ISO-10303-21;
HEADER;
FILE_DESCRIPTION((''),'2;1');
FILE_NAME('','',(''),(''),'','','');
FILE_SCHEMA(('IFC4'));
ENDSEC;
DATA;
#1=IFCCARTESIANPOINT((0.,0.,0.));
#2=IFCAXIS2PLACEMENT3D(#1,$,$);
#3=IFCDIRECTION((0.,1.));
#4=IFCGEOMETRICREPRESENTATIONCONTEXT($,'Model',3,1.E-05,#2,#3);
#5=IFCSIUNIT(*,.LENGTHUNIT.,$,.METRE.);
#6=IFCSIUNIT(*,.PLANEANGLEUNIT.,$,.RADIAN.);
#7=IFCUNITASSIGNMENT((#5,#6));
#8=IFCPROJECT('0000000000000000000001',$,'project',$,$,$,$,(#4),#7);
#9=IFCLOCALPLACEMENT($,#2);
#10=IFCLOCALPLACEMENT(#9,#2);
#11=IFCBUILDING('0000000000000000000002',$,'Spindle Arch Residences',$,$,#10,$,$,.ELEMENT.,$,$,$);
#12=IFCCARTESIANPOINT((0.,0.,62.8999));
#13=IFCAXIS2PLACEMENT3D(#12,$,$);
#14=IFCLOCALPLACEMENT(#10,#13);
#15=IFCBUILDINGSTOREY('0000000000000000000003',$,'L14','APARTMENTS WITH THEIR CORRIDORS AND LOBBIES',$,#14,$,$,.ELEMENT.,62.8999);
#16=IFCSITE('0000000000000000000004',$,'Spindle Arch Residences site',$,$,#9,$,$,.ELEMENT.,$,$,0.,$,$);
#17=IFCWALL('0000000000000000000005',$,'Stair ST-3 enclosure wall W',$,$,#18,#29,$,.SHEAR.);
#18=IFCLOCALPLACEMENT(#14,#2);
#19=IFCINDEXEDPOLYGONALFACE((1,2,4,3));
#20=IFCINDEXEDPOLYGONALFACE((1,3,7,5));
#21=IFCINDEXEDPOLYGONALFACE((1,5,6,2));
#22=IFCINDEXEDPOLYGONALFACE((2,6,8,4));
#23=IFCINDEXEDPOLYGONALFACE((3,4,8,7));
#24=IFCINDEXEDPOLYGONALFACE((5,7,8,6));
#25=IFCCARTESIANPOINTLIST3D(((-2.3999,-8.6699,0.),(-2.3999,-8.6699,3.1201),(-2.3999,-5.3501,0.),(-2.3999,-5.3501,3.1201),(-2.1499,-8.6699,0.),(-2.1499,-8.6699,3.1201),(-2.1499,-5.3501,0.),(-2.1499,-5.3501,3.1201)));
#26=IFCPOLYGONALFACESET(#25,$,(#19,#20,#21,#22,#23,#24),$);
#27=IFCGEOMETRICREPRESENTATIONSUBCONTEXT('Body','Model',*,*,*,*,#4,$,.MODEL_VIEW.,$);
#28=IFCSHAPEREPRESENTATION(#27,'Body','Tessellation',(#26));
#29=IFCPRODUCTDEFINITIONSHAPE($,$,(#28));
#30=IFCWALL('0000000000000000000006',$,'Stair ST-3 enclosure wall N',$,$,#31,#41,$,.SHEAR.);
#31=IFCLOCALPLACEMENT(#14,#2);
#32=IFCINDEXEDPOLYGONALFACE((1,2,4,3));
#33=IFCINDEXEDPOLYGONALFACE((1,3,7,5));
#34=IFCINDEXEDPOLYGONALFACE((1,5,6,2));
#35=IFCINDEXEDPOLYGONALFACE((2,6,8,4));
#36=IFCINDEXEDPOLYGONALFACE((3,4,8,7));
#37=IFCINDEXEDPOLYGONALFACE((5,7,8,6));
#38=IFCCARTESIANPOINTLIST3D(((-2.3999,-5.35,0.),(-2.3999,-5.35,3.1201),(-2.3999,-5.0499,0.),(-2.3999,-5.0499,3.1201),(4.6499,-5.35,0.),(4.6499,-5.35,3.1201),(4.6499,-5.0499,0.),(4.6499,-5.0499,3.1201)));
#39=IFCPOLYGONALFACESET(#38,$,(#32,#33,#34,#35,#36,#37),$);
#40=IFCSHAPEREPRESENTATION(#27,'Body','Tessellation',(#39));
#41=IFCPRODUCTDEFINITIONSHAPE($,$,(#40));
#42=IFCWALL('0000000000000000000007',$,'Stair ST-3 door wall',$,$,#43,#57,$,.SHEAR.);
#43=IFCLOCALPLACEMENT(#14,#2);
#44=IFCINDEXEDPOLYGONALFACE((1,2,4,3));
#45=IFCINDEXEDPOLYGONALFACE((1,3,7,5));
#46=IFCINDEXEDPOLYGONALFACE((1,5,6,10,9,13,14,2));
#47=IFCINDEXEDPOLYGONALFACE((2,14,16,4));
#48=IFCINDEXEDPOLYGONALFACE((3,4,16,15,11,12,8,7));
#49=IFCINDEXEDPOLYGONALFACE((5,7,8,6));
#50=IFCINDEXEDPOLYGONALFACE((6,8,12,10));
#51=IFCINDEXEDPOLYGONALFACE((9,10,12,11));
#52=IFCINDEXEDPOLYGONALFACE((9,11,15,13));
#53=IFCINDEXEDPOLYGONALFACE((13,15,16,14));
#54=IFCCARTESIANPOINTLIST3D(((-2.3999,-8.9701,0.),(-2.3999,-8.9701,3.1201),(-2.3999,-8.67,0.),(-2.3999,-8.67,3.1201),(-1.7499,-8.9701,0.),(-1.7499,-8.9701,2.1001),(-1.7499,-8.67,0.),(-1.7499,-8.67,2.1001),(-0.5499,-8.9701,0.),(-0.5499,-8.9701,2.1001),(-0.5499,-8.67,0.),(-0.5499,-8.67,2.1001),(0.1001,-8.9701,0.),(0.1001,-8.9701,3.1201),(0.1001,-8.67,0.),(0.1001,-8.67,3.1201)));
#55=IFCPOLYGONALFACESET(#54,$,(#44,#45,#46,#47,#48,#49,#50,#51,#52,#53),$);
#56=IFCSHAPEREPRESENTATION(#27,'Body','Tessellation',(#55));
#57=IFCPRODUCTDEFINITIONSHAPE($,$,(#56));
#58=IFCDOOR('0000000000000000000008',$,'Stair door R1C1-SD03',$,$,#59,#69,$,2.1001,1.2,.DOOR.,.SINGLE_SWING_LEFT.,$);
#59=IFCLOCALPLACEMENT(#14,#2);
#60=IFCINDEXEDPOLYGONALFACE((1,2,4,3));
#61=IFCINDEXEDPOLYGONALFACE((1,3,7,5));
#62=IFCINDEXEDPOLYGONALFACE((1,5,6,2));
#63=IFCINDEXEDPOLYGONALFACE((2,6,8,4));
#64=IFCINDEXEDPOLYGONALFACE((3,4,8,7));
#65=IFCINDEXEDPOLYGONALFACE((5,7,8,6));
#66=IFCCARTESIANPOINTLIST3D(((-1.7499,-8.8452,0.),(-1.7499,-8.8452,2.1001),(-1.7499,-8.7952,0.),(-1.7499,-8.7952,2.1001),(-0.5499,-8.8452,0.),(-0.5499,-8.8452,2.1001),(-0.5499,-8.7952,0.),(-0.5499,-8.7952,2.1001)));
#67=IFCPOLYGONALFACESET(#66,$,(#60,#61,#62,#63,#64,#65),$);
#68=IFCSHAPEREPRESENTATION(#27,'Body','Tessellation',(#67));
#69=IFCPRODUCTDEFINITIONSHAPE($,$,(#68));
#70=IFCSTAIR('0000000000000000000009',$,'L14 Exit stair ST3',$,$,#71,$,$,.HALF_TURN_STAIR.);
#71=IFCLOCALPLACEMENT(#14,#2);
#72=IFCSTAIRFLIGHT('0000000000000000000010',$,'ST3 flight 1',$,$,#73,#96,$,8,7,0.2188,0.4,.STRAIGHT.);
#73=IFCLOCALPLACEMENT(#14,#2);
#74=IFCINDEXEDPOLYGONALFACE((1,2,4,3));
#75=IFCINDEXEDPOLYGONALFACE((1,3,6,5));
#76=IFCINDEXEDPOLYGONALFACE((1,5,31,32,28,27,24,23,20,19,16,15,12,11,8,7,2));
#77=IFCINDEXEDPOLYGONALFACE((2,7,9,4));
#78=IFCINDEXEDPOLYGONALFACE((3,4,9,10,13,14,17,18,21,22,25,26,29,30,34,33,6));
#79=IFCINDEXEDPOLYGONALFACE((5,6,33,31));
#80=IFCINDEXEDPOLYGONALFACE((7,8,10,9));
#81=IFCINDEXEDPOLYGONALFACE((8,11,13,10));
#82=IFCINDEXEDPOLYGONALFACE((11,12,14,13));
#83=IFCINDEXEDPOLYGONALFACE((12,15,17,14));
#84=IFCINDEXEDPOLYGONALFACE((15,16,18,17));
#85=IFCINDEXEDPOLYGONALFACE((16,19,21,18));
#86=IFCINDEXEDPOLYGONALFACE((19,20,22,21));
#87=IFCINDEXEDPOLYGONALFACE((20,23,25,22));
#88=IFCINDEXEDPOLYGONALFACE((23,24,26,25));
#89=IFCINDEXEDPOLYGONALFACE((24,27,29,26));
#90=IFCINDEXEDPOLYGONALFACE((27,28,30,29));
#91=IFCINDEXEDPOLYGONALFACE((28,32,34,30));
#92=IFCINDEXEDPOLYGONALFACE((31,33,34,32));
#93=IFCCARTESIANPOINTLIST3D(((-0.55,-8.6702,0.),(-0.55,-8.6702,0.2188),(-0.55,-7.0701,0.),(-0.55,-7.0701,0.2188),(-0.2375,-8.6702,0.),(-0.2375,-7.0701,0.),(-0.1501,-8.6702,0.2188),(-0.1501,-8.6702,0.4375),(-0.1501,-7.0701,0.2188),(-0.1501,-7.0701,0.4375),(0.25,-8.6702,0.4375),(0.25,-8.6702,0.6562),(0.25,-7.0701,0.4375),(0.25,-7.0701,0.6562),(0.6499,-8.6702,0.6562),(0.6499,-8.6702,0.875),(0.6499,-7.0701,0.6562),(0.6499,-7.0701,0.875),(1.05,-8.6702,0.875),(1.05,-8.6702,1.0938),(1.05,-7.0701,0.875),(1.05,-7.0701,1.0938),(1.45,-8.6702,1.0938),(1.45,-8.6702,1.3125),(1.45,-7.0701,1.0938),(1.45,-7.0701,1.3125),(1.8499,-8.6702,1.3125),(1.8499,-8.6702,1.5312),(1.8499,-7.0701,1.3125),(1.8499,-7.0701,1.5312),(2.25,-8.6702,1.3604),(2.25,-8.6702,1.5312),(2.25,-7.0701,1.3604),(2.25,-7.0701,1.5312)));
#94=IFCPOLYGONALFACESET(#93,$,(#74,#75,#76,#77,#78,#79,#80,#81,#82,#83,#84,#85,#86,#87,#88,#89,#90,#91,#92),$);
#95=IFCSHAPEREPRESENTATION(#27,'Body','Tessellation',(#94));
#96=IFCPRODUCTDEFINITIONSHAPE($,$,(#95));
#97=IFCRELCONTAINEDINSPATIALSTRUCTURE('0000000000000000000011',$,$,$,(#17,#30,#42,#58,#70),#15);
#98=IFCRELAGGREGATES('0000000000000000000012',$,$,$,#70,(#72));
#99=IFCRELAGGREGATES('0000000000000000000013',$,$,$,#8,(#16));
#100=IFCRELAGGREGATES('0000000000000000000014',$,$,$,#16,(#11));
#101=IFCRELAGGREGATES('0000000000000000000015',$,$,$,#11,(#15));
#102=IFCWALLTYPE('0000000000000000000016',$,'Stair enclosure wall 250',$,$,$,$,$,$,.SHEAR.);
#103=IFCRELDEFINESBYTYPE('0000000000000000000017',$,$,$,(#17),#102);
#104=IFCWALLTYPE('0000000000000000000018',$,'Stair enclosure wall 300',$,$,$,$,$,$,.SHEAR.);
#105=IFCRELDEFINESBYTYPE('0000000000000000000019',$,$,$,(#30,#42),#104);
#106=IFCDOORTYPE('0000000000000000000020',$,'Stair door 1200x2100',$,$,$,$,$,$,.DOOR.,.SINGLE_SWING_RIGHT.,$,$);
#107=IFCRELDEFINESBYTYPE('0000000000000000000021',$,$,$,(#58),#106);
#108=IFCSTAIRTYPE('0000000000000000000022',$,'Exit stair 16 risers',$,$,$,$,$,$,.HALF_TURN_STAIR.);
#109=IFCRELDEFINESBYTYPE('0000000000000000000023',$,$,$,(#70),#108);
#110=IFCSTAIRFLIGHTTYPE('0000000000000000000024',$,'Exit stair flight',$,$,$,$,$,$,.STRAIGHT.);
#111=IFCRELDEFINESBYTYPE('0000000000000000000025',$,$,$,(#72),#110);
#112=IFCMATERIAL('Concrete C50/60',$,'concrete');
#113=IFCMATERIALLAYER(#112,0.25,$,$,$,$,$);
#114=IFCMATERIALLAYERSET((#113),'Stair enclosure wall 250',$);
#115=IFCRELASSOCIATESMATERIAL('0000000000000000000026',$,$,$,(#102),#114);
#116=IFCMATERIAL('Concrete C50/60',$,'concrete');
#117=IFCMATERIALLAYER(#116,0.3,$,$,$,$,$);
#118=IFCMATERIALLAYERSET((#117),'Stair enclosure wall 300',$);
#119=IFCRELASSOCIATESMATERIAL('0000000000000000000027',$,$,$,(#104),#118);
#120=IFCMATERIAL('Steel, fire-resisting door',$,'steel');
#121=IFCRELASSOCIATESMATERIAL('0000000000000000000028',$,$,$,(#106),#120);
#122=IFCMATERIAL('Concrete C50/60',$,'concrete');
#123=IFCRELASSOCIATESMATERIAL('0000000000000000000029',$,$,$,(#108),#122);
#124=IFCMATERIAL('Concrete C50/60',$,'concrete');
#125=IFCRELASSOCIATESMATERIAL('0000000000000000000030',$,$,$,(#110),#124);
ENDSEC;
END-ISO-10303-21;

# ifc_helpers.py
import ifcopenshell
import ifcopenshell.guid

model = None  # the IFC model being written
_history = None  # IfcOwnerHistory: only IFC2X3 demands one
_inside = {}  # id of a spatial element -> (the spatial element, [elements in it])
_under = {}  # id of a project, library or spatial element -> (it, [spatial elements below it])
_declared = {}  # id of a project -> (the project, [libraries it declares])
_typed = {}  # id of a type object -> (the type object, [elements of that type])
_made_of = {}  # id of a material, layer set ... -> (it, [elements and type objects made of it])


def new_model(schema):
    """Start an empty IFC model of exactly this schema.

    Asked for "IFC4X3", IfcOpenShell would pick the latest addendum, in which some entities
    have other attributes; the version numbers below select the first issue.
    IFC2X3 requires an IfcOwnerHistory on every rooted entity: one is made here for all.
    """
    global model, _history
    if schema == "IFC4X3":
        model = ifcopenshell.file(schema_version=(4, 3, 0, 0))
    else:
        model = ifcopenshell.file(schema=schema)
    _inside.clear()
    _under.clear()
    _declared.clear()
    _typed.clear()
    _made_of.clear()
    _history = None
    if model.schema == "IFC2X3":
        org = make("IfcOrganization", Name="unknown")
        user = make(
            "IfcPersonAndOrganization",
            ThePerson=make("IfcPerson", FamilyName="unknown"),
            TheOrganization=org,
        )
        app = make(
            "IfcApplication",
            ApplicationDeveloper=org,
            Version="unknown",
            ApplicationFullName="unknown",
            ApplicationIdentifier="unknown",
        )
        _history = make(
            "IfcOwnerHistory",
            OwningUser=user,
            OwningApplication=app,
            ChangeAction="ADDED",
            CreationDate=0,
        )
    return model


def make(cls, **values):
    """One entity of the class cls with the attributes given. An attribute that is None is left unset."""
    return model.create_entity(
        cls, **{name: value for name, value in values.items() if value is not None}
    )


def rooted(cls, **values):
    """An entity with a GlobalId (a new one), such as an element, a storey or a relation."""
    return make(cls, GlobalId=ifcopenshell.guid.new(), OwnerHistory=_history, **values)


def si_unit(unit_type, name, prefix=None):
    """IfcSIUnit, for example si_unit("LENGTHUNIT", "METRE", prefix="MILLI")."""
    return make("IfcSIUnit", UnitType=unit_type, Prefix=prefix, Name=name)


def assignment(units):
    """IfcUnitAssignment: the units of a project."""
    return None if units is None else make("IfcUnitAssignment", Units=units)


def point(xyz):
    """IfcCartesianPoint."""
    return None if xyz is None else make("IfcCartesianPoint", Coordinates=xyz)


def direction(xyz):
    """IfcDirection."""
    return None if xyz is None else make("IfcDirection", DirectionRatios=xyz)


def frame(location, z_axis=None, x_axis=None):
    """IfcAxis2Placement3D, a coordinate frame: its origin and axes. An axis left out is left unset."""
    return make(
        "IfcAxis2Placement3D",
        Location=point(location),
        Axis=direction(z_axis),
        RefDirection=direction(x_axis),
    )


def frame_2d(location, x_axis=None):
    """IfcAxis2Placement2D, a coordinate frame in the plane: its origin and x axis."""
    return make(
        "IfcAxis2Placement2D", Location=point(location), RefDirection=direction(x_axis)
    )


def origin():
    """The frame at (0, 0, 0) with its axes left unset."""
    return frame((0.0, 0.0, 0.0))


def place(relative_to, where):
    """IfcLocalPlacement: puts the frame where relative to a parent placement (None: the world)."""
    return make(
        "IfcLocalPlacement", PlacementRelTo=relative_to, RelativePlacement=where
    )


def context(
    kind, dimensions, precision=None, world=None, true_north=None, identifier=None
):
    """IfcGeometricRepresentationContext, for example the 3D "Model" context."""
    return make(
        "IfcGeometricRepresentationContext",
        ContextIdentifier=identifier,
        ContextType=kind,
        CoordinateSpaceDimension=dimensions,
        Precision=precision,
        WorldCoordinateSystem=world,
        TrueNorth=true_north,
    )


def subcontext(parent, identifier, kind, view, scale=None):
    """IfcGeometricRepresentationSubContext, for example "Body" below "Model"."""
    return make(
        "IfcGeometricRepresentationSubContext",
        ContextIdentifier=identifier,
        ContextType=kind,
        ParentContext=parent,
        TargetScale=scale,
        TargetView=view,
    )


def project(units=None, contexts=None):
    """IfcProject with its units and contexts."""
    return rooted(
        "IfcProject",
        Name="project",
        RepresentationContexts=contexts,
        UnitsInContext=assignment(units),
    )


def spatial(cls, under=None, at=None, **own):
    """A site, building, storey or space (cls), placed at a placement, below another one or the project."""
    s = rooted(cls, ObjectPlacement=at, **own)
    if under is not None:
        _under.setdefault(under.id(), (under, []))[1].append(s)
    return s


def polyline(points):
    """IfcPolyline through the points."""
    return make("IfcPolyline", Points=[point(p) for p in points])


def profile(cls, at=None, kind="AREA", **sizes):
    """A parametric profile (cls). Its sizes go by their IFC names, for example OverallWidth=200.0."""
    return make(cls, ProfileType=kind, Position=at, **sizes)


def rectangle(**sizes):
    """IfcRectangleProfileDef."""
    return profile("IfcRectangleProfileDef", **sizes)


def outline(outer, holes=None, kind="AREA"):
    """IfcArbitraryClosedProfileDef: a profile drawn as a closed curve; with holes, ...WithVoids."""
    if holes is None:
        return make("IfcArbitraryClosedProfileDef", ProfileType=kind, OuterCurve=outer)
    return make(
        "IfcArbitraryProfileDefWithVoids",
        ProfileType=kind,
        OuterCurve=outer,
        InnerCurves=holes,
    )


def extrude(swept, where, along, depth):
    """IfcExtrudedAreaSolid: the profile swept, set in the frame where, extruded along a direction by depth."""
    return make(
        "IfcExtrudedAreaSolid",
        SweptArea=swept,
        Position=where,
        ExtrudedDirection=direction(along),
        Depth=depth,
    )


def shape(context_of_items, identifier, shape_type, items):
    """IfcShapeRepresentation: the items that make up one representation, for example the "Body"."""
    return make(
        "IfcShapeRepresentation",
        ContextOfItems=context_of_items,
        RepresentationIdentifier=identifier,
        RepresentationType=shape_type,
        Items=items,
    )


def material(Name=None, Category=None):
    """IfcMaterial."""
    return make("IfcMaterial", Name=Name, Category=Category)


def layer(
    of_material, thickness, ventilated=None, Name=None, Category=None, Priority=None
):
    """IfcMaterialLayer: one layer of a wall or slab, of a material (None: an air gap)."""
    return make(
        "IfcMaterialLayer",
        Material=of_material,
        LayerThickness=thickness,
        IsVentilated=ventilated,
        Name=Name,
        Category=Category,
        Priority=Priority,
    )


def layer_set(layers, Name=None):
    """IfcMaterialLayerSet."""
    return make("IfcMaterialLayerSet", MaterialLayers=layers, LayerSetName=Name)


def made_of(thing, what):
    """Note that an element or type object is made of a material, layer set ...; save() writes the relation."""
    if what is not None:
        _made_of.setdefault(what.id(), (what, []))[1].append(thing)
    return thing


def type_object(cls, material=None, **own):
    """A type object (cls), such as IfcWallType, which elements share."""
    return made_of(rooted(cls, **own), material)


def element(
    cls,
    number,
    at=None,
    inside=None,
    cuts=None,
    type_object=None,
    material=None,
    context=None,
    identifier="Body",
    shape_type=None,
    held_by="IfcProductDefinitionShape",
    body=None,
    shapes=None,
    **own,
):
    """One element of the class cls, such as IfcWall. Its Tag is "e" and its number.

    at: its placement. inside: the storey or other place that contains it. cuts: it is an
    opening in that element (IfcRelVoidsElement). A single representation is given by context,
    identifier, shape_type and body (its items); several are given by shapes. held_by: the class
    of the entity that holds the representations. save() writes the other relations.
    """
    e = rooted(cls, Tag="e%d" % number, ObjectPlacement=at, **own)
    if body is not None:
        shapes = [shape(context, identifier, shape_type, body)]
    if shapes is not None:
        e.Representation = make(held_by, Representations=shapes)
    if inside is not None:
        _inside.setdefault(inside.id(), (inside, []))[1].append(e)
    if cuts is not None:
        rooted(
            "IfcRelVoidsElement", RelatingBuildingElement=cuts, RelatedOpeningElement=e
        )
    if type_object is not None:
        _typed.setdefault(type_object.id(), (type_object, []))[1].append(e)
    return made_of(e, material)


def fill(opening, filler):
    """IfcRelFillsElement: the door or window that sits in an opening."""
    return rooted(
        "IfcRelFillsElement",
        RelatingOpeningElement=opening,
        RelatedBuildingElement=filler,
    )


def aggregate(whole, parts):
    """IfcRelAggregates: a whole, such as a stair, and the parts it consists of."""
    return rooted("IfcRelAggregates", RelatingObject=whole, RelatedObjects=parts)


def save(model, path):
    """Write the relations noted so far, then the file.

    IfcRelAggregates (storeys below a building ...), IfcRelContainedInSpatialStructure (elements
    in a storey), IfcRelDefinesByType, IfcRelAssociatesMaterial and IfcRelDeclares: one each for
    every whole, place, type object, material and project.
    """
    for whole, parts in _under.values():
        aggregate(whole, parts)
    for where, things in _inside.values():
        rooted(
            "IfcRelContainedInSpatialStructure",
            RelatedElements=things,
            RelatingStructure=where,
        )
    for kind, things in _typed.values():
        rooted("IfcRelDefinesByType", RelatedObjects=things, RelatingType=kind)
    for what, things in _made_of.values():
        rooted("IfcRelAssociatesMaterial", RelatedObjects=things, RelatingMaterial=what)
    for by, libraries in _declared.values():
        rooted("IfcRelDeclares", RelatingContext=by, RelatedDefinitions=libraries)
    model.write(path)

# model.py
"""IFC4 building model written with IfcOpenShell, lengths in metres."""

from ifc_helpers import new_model, si_unit, direction, frame, frame_2d, origin, place, context, subcontext, project, spatial, polyline, rectangle, outline, extrude, material, layer, layer_set, type_object, element, fill, aggregate, save


model = new_model("IFC4")

# Units and contexts
model_context = context("Model", 3, precision=1e-05, world=origin(), true_north=direction((0.0, 1.0)))
body_context = subcontext(model_context, "Body", "Model", "MODEL_VIEW")
ifc_project = project(units=[si_unit("LENGTHUNIT", "METRE"), si_unit("PLANEANGLEUNIT", "RADIAN")], contexts=[model_context])

# Site, building, storey
site_placement = place(None, origin())
site = spatial("IfcSite", under=ifc_project, at=site_placement, Name="Spindle Arch Residences site", CompositionType="ELEMENT", RefElevation=0.0)
building_placement = place(site_placement, origin())
building = spatial("IfcBuilding", under=site, at=building_placement, Name="Spindle Arch Residences", CompositionType="ELEMENT")
storey_placement = place(building_placement, frame((0.0, 0.0, 62.8999)))
storey = spatial("IfcBuildingStorey", under=building, at=storey_placement, Name="L14", Description="APARTMENTS WITH THEIR CORRIDORS AND LOBBIES", CompositionType="ELEMENT", Elevation=62.8999)

# Walls
ifc_material_1 = material(Name="Concrete C50/60", Category="concrete")
ifc_layer_1 = layer(ifc_material_1, 0.25)
ifc_layer_set_1 = layer_set([ifc_layer_1], Name="Stair enclosure wall 250")
wall_type_1 = type_object("IfcWallType", Name="Stair enclosure wall 250", PredefinedType="SHEAR", material=ifc_layer_set_1)
wall_1_placement = place(storey_placement, frame((-2.2749, -8.6699, 0.0), z_axis=(0.0, 0.0, 1.0), x_axis=(0.0, 1.0, 0.0)))
element("IfcWall", 1, at=wall_1_placement, inside=storey, type_object=wall_type_1, Name="Stair ST-3 enclosure wall W", PredefinedType="SHEAR", context=body_context, shape_type="SweptSolid", body=[
    extrude(rectangle(XDim=3.3198, YDim=0.25, at=frame_2d((1.6599, 0.0))), origin(), (0.0, 0.0, 1.0), 3.1201),
])
ifc_material_2 = material(Name="Concrete C50/60", Category="concrete")
ifc_layer_2 = layer(ifc_material_2, 0.3)
ifc_layer_set_2 = layer_set([ifc_layer_2], Name="Stair enclosure wall 300")
wall_type_2 = type_object("IfcWallType", Name="Stair enclosure wall 300", PredefinedType="SHEAR", material=ifc_layer_set_2)
wall_2_placement = place(storey_placement, frame((-2.3999, -5.2, 0.0), z_axis=(0.0, 0.0, 1.0), x_axis=(1.0, 0.0, 0.0)))
element("IfcWall", 2, at=wall_2_placement, inside=storey, type_object=wall_type_2, Name="Stair ST-3 enclosure wall N", PredefinedType="SHEAR", context=body_context, shape_type="SweptSolid", body=[
    extrude(rectangle(XDim=7.0498, YDim=0.3, at=frame_2d((3.5249, 0.0))), origin(), (0.0, 0.0, 1.0), 3.1201),
])

# Wall, opening, door
wall_3_placement = place(storey_placement, frame((-2.3999, -8.8201, 0.0), z_axis=(0.0, 0.0, 1.0), x_axis=(1.0, 0.0, 0.0)))
wall_3 = element("IfcWall", 3, at=wall_3_placement, inside=storey, type_object=wall_type_2, Name="Stair ST-3 door wall", PredefinedType="SHEAR", context=body_context, shape_type="SweptSolid", body=[
    extrude(rectangle(XDim=2.5, YDim=0.3, at=frame_2d((1.25, 0.0))), origin(), (0.0, 0.0, 1.0), 3.1201),
])
opening_1_placement = place(wall_3_placement, frame((0.6499, 0.0, 0.0)))
opening_1 = element("IfcOpeningElement", 4, at=opening_1_placement, cuts=wall_3, PredefinedType="OPENING", context=body_context, shape_type="SweptSolid", body=[
    extrude(rectangle(XDim=1.2, YDim=2.1001, at=frame_2d((0.6001, 1.05))), frame((0.0, 0.1602, 0.0), z_axis=(0.0, -1.0, 0.0), x_axis=(1.0, 0.0, 0.0)), (0.0, 0.0, 1.0), 0.3201),
])
ifc_material_3 = material(Name="Steel, fire-resisting door", Category="steel")
door_type_1 = type_object("IfcDoorType", Name="Stair door 1200x2100", OperationType="SINGLE_SWING_RIGHT", PredefinedType="DOOR", material=ifc_material_3)
door_1_placement = place(opening_1_placement, origin())
door_1 = element("IfcDoor", 5, at=door_1_placement, inside=storey, type_object=door_type_1, Name="Stair door R1C1-SD03", OperationType="SINGLE_SWING_LEFT", OverallHeight=2.1001, OverallWidth=1.2, PredefinedType="DOOR", context=body_context, shape_type="SweptSolid", body=[
    extrude(rectangle(XDim=1.2, YDim=2.1001, at=frame_2d((0.6001, 1.05))), frame((0.0, 0.0249, 0.0), z_axis=(0.0, -1.0, 0.0), x_axis=(1.0, 0.0, 0.0)), (0.0, 0.0, 1.0), 0.05),
])
fill(opening_1, door_1)

# Stair, stair flight
ifc_material_4 = material(Name="Concrete C50/60", Category="concrete")
stair_type = type_object("IfcStairType", Name="Exit stair 16 risers", PredefinedType="HALF_TURN_STAIR", material=ifc_material_4)
stair_placement = place(storey_placement, origin())
stair = element("IfcStair", 6, at=stair_placement, inside=storey, type_object=stair_type, Name="L14 Exit stair ST3", PredefinedType="HALF_TURN_STAIR")
ifc_material_5 = material(Name="Concrete C50/60", Category="concrete")
stair_flight_type = type_object("IfcStairFlightType", Name="Exit stair flight", PredefinedType="STRAIGHT", material=ifc_material_5)
stair_flight_placement = place(storey_placement, frame((-0.55, -7.8701, 0.0), z_axis=(0.0, 0.0, 1.0), x_axis=(1.0, 0.0, 0.0)))
stair_flight = element("IfcStairFlight", 7, at=stair_flight_placement, type_object=stair_flight_type, Name="ST3 flight 1", NumberOfRisers=8, NumberOfTreads=7, PredefinedType="STRAIGHT", RiserHeight=0.2188, TreadLength=0.4, context=body_context, shape_type="SweptSolid", body=[
    extrude(outline(polyline([(0.0, 0.0), (0.0, 0.2188), (0.3999, 0.2188), (0.3999, 0.4375), (0.8, 0.4375), (0.8, 0.6562), (1.2, 0.6562), (1.2, 0.875), (1.6001, 0.875), (1.6001, 1.0938), (2.0, 1.0938), (2.0, 1.3125), (2.3999, 1.3125), (2.3999, 1.5312), (2.8, 1.5312), (2.8, 1.75), (2.8, 1.3604), (0.3125, 0.0), (0.0, 0.0)])), frame((0.0, 0.8, 0.0), z_axis=(0.0, -1.0, 0.0), x_axis=(1.0, 0.0, 0.0)), (0.0, 0.0, 1.0), 1.6001),
])
aggregate(stair, [stair_flight])

save(model, "model.ifc")
